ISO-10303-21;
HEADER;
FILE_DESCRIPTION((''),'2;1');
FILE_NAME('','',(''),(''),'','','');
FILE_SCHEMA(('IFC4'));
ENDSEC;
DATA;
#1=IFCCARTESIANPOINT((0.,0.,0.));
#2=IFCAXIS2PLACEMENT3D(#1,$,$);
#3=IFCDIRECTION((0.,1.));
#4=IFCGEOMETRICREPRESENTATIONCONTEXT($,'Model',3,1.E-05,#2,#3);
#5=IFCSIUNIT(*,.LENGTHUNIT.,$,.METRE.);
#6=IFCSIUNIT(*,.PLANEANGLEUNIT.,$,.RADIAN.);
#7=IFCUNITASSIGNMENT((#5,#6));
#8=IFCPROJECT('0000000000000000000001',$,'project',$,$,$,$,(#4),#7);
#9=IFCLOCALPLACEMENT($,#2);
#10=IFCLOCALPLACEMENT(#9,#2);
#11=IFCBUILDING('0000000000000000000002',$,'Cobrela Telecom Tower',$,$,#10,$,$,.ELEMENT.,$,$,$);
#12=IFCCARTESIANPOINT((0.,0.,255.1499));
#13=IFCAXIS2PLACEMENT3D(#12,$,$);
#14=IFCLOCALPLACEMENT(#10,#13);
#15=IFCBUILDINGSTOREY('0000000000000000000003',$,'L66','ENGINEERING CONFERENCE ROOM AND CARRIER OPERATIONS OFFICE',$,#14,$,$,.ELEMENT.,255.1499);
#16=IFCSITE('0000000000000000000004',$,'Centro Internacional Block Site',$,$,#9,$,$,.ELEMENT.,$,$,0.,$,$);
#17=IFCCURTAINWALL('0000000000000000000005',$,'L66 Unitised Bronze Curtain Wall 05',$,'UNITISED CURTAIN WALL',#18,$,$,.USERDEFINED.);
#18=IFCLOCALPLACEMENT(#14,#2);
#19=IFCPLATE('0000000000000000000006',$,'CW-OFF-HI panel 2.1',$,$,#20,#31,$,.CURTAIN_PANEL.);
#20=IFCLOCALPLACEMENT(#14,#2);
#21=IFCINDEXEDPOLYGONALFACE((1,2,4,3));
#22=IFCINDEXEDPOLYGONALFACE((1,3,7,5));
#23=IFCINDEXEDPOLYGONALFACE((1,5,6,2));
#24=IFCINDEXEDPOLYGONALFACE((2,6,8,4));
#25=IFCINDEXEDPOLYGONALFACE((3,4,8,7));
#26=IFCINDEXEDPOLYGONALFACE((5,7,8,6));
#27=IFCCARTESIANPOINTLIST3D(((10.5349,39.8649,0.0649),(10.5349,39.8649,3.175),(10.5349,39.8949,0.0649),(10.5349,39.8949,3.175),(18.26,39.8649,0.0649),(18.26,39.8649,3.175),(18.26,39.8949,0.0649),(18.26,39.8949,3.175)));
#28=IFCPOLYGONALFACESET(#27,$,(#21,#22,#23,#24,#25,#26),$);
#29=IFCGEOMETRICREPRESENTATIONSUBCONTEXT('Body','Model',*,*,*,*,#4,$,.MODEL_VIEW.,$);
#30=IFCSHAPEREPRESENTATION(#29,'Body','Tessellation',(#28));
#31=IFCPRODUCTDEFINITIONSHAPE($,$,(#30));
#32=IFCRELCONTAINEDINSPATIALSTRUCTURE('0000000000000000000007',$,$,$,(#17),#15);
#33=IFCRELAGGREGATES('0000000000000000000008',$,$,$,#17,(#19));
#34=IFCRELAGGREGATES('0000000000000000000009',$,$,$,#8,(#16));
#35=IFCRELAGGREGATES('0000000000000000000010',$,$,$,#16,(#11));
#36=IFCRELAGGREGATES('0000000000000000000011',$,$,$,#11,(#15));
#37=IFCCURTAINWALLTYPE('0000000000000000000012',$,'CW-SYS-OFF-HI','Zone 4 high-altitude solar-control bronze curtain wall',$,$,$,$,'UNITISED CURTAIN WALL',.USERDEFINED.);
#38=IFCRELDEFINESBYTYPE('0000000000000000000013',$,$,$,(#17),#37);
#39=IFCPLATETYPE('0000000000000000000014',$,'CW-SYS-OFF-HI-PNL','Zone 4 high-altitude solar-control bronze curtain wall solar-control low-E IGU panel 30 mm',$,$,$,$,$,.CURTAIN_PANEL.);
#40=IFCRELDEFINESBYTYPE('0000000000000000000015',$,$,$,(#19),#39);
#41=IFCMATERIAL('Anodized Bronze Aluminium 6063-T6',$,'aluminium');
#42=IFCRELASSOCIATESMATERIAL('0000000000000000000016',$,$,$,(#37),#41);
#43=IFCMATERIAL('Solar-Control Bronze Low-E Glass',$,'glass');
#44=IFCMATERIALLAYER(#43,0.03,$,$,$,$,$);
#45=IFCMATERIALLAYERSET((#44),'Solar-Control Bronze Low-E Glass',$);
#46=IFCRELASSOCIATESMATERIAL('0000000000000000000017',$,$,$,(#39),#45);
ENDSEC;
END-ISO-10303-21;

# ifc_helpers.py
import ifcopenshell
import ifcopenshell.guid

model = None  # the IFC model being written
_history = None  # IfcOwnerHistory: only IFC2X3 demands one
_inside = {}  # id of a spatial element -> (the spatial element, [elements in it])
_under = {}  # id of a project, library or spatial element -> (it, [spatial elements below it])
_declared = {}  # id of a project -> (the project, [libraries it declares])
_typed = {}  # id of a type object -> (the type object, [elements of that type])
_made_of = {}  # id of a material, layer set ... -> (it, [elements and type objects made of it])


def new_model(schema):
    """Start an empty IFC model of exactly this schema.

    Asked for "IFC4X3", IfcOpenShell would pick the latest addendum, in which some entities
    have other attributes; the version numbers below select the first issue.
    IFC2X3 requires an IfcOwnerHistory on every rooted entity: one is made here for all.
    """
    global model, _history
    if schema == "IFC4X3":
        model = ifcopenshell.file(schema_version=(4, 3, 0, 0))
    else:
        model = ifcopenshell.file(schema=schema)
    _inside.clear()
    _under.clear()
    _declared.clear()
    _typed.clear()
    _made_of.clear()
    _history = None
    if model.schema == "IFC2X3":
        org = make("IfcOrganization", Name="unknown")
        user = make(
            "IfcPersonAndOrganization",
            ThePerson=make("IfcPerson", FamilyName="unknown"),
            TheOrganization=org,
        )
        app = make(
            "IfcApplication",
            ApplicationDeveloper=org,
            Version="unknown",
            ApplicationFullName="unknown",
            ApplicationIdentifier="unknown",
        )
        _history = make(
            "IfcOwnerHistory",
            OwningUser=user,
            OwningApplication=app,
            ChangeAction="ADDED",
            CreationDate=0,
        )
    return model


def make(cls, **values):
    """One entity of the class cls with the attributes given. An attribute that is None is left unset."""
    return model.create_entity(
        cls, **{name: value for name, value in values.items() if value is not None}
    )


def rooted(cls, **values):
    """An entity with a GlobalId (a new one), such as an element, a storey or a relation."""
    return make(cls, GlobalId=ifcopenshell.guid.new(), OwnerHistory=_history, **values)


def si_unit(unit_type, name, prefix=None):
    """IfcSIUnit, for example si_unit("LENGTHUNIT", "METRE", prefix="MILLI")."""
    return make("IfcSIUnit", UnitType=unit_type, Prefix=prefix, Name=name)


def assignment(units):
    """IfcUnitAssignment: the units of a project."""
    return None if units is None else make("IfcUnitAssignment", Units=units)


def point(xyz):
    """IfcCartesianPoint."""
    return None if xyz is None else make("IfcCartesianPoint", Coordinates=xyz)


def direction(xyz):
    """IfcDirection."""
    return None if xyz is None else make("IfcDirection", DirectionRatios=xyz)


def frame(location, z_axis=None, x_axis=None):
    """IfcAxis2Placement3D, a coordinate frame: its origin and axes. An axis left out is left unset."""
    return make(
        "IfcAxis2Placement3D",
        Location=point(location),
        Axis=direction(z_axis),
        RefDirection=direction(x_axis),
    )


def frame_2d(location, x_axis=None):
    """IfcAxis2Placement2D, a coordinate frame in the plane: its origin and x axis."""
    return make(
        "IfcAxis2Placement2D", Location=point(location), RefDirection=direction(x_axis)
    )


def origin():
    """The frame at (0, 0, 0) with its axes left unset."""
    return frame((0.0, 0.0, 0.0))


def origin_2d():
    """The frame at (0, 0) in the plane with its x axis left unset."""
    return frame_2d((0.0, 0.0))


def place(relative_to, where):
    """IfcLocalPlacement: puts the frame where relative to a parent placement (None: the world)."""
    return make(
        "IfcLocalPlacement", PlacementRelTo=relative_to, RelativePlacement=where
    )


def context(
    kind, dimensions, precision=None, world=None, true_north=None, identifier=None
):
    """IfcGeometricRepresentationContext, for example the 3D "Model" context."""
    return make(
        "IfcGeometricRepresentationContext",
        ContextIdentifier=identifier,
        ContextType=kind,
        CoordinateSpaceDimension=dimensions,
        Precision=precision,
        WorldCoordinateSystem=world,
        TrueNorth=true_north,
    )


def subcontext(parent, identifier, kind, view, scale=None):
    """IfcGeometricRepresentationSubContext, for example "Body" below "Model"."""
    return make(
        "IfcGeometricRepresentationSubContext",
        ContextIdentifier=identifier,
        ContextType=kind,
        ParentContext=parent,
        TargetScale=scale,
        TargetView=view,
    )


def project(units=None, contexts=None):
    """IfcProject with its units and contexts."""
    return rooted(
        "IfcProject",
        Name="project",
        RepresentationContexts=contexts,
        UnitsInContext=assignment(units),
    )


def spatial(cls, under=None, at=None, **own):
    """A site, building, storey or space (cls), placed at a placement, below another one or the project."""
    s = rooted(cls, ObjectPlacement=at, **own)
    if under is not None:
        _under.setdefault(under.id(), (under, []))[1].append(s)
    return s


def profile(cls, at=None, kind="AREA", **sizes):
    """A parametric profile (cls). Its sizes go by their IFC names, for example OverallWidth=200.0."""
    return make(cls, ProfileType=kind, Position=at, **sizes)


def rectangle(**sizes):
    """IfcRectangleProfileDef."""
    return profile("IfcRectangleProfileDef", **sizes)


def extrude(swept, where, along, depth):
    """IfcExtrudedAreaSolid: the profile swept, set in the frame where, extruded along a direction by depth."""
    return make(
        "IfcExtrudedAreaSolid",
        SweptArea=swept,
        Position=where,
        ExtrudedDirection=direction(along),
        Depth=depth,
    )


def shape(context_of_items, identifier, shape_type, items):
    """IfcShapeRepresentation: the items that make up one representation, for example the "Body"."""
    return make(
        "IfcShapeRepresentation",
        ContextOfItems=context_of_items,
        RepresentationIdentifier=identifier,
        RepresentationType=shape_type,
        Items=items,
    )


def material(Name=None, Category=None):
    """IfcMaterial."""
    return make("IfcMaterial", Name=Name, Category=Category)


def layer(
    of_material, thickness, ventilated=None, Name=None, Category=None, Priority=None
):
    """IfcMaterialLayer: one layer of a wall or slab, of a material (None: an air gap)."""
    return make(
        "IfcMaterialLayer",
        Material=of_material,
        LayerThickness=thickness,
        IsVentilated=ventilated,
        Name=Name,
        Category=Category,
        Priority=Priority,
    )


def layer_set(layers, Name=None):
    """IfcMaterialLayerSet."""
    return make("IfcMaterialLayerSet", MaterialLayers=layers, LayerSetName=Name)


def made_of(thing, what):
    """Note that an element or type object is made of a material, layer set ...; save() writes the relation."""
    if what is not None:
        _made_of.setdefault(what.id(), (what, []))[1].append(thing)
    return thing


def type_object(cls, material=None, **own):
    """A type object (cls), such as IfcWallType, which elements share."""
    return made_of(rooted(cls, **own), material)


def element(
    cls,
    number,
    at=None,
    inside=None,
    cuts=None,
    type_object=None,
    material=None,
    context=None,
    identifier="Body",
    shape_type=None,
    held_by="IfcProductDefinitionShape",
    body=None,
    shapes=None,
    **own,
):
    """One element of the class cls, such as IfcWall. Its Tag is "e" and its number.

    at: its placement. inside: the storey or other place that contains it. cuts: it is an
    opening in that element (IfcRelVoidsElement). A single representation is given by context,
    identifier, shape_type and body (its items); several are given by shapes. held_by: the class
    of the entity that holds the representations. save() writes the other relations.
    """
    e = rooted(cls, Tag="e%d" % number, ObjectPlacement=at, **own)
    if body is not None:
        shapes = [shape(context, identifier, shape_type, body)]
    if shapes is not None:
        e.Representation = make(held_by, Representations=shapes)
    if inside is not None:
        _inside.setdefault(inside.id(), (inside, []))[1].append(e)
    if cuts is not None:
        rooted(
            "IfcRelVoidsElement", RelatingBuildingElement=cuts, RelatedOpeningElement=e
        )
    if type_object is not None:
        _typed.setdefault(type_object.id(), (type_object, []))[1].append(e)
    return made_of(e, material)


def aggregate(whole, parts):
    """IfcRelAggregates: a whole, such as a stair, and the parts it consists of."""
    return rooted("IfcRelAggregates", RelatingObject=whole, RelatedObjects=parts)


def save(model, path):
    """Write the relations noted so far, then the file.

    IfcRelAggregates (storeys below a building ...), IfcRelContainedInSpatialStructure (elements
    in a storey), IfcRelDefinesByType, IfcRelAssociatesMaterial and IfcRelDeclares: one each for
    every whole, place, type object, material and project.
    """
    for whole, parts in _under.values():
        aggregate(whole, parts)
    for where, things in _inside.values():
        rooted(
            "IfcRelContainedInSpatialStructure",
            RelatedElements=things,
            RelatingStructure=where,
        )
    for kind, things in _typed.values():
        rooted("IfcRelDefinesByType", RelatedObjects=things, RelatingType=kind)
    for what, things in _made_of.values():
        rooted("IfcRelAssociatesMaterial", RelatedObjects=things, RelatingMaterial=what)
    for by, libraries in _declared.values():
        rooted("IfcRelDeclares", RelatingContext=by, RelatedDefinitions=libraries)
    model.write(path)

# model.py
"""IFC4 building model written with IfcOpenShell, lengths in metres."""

from ifc_helpers import new_model, si_unit, direction, frame, origin, origin_2d, place, context, subcontext, project, spatial, rectangle, extrude, material, layer, layer_set, type_object, element, aggregate, save


model = new_model("IFC4")

# Units and contexts
model_context = context("Model", 3, precision=1e-05, world=origin(), true_north=direction((0.0, 1.0)))
body_context = subcontext(model_context, "Body", "Model", "MODEL_VIEW")
ifc_project = project(units=[si_unit("LENGTHUNIT", "METRE"), si_unit("PLANEANGLEUNIT", "RADIAN")], contexts=[model_context])

# Site, building, storey
site_placement = place(None, origin())
site = spatial("IfcSite", under=ifc_project, at=site_placement, Name="Centro Internacional Block Site", CompositionType="ELEMENT", RefElevation=0.0)
building_placement = place(site_placement, origin())
building = spatial("IfcBuilding", under=site, at=building_placement, Name="Cobrela Telecom Tower", CompositionType="ELEMENT")
storey_placement = place(building_placement, frame((0.0, 0.0, 255.1499)))
storey = spatial("IfcBuildingStorey", under=building, at=storey_placement, Name="L66", Description="ENGINEERING CONFERENCE ROOM AND CARRIER OPERATIONS OFFICE", CompositionType="ELEMENT", Elevation=255.1499)

# Curtain wall
ifc_material_1 = material(Name="Anodized Bronze Aluminium 6063-T6", Category="aluminium")
curtain_wall_type = type_object("IfcCurtainWallType", Name="CW-SYS-OFF-HI", Description="Zone 4 high-altitude solar-control bronze curtain wall", ElementType="UNITISED CURTAIN WALL", PredefinedType="USERDEFINED", material=ifc_material_1)
curtain_wall_placement = place(storey_placement, origin())
curtain_wall = element("IfcCurtainWall", 1, at=curtain_wall_placement, inside=storey, type_object=curtain_wall_type, Name="L66 Unitised Bronze Curtain Wall 05", ObjectType="UNITISED CURTAIN WALL", PredefinedType="USERDEFINED")

# Plate
ifc_material_2 = material(Name="Solar-Control Bronze Low-E Glass", Category="glass")
ifc_layer_1 = layer(ifc_material_2, 0.03)
ifc_layer_set_1 = layer_set([ifc_layer_1], Name="Solar-Control Bronze Low-E Glass")
plate_type = type_object("IfcPlateType", Name="CW-SYS-OFF-HI-PNL", Description="Zone 4 high-altitude solar-control bronze curtain wall solar-control low-E IGU panel 30 mm", PredefinedType="CURTAIN_PANEL", material=ifc_layer_set_1)
plate_placement = place(storey_placement, frame((14.3975, 39.8799, 0.0649), z_axis=(0.0, 0.0, 1.0), x_axis=(1.0, 0.0, 0.0)))
plate = element("IfcPlate", 2, at=plate_placement, type_object=plate_type, Name="CW-OFF-HI panel 2.1", PredefinedType="CURTAIN_PANEL", context=body_context, shape_type="SweptSolid", body=[
    extrude(rectangle(XDim=7.7251, YDim=0.03, at=origin_2d()), origin(), (0.0, 0.0, 1.0), 3.1101),
])
aggregate(curtain_wall, [plate])

save(model, "model.ifc")
